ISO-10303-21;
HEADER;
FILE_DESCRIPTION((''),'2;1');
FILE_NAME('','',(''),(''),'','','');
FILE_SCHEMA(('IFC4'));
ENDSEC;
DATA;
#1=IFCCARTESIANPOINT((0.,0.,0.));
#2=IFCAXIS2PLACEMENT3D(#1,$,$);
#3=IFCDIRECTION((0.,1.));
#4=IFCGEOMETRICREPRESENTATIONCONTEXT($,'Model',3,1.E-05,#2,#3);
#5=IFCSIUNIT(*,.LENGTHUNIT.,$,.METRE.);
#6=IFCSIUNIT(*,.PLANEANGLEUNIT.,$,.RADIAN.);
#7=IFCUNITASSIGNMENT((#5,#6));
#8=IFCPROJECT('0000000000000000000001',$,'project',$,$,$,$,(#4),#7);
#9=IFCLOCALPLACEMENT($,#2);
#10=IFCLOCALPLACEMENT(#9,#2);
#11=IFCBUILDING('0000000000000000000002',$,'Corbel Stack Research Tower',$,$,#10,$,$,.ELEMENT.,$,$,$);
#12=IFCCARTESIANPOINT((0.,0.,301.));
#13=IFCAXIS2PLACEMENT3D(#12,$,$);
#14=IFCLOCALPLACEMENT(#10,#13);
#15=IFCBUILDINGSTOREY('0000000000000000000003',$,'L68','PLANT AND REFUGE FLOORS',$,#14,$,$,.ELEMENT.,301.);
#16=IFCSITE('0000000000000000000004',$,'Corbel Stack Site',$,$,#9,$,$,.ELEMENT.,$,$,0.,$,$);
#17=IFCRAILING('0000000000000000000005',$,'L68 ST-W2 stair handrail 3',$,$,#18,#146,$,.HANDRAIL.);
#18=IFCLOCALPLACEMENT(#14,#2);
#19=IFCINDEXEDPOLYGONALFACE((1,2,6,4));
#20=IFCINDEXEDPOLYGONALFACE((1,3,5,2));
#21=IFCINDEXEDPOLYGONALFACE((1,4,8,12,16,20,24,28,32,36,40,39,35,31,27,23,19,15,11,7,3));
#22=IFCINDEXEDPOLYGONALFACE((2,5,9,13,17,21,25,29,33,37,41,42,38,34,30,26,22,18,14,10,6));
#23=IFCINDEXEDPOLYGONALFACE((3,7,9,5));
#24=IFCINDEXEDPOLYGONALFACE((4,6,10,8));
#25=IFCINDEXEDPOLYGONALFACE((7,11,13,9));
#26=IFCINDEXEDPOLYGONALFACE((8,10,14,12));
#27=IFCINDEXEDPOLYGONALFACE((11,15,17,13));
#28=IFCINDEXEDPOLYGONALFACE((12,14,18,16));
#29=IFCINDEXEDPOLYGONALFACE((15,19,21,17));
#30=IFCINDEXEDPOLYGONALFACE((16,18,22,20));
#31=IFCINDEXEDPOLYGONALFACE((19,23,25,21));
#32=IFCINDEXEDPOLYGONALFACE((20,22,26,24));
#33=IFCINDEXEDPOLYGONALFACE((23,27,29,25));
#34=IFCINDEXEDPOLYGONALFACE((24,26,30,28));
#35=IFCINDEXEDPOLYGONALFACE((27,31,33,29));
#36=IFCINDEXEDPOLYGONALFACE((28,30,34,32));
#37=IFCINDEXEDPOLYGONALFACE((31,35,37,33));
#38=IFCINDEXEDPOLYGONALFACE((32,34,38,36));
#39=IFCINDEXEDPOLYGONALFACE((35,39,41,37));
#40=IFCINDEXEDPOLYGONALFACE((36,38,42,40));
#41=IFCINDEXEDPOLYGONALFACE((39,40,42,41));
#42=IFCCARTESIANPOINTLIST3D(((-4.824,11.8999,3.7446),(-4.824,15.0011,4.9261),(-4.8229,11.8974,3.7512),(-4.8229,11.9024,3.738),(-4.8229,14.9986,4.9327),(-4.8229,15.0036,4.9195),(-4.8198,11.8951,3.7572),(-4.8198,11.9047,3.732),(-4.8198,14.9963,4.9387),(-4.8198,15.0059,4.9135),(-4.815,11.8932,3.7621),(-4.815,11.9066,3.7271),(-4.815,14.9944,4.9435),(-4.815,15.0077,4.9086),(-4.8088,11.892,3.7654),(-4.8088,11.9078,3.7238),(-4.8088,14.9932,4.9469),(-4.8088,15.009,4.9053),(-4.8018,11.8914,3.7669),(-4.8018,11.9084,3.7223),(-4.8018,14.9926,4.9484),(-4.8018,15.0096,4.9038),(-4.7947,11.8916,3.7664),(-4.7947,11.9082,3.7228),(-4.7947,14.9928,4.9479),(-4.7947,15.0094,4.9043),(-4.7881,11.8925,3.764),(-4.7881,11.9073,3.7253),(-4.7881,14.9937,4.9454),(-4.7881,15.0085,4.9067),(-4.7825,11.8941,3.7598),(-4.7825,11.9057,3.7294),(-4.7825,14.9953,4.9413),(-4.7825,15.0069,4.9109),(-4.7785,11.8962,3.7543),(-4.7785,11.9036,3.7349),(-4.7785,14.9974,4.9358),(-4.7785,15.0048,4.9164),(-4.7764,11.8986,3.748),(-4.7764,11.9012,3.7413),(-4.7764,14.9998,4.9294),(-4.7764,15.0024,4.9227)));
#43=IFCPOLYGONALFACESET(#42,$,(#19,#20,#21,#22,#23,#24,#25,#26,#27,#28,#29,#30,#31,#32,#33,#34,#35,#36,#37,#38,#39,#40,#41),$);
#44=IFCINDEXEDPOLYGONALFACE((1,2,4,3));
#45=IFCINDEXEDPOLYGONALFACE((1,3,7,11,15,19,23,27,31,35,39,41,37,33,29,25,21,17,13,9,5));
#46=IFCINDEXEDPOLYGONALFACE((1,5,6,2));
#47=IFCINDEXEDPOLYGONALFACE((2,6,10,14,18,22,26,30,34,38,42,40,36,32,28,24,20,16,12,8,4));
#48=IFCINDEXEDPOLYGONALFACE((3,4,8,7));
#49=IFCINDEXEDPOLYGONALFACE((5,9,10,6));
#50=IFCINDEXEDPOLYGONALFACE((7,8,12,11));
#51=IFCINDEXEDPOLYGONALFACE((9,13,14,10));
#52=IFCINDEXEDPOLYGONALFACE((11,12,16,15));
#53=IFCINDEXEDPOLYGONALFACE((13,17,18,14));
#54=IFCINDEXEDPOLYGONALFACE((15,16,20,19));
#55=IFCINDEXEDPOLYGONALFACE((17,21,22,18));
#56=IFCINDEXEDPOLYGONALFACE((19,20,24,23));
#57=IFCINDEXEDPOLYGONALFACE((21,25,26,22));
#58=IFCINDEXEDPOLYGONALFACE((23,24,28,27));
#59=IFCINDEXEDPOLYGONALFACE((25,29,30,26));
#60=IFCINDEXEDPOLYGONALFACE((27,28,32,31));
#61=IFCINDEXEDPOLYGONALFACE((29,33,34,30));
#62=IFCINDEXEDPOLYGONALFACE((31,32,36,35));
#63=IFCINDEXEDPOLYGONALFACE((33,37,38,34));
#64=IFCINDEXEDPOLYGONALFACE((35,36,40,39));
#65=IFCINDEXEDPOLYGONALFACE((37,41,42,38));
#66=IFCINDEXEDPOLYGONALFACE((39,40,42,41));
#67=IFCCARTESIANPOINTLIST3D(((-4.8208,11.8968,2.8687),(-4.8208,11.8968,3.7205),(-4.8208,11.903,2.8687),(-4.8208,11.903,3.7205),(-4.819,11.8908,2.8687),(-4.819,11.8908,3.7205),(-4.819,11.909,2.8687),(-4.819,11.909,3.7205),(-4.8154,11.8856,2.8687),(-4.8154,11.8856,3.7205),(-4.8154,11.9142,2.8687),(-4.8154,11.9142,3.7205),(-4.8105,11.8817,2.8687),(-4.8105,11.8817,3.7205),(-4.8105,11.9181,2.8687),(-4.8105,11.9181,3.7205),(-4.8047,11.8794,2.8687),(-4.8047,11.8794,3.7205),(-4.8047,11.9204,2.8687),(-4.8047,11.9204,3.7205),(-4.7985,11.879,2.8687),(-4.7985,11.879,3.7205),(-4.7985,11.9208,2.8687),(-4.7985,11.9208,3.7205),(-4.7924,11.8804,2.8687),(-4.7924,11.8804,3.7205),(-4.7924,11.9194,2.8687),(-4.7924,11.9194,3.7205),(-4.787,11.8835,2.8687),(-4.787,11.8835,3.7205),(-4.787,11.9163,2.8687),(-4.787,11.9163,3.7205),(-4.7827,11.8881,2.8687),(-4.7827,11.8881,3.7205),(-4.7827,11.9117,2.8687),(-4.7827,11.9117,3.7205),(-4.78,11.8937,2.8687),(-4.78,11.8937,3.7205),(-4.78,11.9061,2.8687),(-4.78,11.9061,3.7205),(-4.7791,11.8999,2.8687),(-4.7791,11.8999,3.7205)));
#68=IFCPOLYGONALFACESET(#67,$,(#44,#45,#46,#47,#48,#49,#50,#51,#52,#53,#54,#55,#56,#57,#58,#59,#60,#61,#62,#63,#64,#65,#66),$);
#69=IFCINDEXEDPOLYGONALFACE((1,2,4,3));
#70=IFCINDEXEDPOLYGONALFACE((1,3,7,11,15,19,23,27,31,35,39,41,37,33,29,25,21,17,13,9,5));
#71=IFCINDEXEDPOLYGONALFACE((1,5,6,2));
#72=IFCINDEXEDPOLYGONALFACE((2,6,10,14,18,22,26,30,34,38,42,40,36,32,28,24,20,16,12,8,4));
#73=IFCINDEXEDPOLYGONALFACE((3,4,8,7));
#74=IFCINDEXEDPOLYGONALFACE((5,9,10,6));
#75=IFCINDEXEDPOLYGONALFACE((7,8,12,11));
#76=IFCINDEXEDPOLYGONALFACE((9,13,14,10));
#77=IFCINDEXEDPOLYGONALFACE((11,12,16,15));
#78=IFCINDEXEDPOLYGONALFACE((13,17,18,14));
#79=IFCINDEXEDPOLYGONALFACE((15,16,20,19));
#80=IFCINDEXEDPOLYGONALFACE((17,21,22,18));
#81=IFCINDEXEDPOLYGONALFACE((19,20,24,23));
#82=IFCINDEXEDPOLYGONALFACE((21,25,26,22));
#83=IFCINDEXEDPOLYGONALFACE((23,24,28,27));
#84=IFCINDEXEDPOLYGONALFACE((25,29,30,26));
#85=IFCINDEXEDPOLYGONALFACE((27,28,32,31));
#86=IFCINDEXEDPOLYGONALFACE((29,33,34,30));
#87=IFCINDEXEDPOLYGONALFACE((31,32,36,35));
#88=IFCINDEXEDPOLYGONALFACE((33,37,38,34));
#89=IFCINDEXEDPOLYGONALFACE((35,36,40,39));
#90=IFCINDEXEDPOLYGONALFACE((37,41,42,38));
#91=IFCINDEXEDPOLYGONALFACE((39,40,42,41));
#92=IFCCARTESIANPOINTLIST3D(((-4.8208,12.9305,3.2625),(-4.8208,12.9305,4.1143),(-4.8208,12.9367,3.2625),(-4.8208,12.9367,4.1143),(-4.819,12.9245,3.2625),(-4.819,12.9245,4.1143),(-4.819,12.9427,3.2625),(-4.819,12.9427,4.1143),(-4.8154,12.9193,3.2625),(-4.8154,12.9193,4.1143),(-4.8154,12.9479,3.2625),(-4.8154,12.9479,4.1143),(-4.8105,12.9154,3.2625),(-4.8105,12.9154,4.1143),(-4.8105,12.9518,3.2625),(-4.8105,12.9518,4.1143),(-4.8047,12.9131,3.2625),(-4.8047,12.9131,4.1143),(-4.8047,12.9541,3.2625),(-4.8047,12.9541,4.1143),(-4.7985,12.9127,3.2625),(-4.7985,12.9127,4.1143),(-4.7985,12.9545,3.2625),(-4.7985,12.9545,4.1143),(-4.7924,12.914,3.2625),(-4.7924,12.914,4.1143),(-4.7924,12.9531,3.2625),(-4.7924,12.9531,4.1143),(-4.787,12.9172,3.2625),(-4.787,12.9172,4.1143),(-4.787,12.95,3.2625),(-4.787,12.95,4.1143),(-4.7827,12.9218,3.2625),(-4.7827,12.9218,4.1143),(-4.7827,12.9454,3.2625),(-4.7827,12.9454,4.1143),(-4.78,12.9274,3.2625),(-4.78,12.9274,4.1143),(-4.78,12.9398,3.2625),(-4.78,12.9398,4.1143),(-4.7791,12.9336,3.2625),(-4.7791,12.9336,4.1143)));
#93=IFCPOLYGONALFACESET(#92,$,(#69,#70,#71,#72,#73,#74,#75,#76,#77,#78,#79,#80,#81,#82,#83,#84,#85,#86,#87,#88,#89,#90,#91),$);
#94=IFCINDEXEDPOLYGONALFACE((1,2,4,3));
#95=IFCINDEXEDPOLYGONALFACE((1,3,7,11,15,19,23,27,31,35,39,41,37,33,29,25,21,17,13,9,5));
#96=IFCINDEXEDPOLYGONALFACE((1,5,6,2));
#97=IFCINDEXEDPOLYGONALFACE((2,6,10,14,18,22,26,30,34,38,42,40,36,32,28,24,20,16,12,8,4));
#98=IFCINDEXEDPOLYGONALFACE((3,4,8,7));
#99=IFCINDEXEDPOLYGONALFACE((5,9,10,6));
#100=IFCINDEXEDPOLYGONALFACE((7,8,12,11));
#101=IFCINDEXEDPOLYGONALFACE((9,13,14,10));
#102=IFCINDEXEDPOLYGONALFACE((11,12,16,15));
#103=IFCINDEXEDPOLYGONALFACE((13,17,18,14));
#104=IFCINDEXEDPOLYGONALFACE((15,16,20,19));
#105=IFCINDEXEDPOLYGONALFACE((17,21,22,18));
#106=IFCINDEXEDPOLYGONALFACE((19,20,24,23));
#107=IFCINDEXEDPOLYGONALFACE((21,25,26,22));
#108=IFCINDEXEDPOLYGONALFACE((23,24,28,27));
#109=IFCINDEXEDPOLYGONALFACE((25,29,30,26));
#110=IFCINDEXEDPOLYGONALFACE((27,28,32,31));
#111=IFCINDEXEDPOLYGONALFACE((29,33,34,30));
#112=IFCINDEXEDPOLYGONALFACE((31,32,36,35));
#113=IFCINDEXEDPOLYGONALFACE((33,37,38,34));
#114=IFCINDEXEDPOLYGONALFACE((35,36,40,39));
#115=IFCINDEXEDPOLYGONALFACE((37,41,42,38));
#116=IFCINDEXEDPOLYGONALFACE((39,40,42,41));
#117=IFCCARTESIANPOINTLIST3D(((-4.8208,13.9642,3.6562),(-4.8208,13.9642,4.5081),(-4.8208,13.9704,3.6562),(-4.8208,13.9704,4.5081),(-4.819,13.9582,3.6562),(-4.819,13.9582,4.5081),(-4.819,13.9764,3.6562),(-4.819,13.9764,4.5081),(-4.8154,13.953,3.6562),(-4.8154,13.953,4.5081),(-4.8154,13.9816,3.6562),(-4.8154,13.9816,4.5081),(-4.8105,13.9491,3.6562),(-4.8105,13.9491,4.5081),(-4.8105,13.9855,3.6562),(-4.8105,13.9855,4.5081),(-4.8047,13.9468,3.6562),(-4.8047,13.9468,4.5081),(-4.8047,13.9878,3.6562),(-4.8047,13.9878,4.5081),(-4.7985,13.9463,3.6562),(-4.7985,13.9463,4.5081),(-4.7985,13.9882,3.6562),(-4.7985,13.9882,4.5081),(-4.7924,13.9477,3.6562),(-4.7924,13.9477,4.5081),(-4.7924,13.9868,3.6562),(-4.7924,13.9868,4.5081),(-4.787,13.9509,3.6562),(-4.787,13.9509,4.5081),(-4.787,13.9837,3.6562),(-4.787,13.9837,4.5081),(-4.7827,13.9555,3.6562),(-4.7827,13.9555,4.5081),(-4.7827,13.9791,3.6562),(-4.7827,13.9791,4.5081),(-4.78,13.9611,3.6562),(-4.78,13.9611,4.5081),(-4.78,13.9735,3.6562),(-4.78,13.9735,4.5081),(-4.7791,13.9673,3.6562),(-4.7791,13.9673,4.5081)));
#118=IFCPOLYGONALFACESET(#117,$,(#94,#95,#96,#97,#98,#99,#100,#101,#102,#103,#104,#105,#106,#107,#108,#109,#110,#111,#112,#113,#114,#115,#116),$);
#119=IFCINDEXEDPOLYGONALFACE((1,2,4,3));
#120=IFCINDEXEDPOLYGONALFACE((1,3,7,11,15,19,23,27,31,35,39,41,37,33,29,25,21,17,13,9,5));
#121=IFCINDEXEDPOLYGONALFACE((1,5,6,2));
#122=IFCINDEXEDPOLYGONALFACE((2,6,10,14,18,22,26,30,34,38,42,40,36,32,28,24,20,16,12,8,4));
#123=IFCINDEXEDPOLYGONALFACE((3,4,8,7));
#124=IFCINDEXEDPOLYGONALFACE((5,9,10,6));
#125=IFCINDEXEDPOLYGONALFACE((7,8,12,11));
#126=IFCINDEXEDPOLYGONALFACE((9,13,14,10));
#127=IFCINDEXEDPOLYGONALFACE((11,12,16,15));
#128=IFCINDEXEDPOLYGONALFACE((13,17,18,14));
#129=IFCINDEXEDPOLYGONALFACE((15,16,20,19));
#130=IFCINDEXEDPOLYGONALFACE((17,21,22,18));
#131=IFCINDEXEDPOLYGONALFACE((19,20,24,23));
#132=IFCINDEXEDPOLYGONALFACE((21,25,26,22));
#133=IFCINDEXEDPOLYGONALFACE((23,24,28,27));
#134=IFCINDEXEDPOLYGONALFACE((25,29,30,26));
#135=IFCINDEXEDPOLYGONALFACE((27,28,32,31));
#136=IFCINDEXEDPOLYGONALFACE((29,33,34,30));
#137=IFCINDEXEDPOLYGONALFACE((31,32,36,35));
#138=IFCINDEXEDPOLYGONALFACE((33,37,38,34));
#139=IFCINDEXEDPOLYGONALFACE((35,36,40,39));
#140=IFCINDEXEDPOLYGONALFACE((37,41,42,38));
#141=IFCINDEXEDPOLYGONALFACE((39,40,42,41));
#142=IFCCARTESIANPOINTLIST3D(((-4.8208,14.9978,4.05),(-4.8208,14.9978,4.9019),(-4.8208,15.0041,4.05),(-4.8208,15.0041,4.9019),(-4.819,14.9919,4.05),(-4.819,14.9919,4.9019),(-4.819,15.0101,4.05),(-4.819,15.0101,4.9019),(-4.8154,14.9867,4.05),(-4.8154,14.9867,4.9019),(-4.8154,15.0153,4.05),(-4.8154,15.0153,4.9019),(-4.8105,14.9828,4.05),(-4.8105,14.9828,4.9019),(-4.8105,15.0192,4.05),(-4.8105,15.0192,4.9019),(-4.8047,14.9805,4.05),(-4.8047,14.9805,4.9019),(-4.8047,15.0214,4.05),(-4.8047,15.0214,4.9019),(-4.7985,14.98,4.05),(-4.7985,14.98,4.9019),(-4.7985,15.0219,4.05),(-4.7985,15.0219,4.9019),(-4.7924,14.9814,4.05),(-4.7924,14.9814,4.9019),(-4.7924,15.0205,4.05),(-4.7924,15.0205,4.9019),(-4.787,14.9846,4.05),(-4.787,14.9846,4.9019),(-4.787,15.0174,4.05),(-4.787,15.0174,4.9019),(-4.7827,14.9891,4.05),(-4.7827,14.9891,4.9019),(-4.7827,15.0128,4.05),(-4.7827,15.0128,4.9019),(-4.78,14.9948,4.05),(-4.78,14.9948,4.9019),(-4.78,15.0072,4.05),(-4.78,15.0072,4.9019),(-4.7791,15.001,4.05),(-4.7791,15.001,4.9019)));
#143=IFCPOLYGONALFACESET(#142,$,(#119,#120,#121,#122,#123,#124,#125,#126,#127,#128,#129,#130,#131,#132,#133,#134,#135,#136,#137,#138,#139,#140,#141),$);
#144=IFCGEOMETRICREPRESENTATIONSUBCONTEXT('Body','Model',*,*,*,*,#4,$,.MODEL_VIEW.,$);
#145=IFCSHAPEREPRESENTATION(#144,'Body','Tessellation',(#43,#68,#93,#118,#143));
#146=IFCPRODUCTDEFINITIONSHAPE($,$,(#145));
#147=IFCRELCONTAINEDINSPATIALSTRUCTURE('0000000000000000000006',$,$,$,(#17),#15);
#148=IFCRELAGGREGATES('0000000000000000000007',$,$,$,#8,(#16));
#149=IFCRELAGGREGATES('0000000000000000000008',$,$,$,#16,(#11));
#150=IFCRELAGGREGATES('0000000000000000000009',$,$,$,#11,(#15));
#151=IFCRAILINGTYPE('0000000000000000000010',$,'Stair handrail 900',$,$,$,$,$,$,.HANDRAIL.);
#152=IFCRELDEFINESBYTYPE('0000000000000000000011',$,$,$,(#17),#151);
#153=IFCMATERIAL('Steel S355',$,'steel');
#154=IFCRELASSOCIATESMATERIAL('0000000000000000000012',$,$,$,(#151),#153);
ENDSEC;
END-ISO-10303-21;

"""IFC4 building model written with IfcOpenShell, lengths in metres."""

from ifc_helpers import new_model, si_unit, direction, frame, origin, origin_2d, place, context, subcontext, project, spatial, circle, extrude, material, type_object, element, save


model = new_model("IFC4")

# Units and contexts
model_context = context("Model", 3, precision=1e-05, world=origin(), true_north=direction((0.0, 1.0)))
body_context = subcontext(model_context, "Body", "Model", "MODEL_VIEW")
ifc_project = project(units=[si_unit("LENGTHUNIT", "METRE"), si_unit("PLANEANGLEUNIT", "RADIAN")], contexts=[model_context])

# Site, building, storey
site_placement = place(None, origin())
site = spatial("IfcSite", under=ifc_project, at=site_placement, Name="Corbel Stack Site", CompositionType="ELEMENT", RefElevation=0.0)
building_placement = place(site_placement, origin())
building = spatial("IfcBuilding", under=site, at=building_placement, Name="Corbel Stack Research Tower", CompositionType="ELEMENT")
storey_placement = place(building_placement, frame((0.0, 0.0, 301.0)))
storey = spatial("IfcBuildingStorey", under=building, at=storey_placement, Name="L68", Description="PLANT AND REFUGE FLOORS", CompositionType="ELEMENT", Elevation=301.0)

# Railing
ifc_material_1 = material(Name="Steel S355", Category="steel")
railing_type_1 = type_object("IfcRailingType", Name="Stair handrail 900", PredefinedType="HANDRAIL", material=ifc_material_1)
railing_1_placement = place(storey_placement, frame((-4.8, 11.8999, 2.8687)))
element("IfcRailing", 1, at=railing_1_placement, inside=storey, type_object=railing_type_1, Name="L68 ST-W2 stair handrail 3", PredefinedType="HANDRAIL", context=body_context, shape_type="SweptSolid", body=[
    extrude(circle(Radius=0.0239, at=origin_2d()), frame((0.0, 0.0, 0.876), z_axis=(0.0, 0.934484, 0.356005), x_axis=(-1.0, 0.0, 0.0)), (0.0, 0.0, 1.0), 3.3186),
    extrude(circle(Radius=0.021, at=origin_2d()), origin(), (0.0, 0.0, 1.0), 0.8518),
    extrude(circle(Radius=0.021, at=origin_2d()), frame((0.0, 1.0337, 0.3938)), (0.0, 0.0, 1.0), 0.8518),
    extrude(circle(Radius=0.021, at=origin_2d()), frame((0.0, 2.0674, 0.7876)), (0.0, 0.0, 1.0), 0.8518),
    extrude(circle(Radius=0.021, at=origin_2d()), frame((0.0, 3.1011, 1.1814)), (0.0, 0.0, 1.0), 0.8518),
])

save(model, "model.ifc")
